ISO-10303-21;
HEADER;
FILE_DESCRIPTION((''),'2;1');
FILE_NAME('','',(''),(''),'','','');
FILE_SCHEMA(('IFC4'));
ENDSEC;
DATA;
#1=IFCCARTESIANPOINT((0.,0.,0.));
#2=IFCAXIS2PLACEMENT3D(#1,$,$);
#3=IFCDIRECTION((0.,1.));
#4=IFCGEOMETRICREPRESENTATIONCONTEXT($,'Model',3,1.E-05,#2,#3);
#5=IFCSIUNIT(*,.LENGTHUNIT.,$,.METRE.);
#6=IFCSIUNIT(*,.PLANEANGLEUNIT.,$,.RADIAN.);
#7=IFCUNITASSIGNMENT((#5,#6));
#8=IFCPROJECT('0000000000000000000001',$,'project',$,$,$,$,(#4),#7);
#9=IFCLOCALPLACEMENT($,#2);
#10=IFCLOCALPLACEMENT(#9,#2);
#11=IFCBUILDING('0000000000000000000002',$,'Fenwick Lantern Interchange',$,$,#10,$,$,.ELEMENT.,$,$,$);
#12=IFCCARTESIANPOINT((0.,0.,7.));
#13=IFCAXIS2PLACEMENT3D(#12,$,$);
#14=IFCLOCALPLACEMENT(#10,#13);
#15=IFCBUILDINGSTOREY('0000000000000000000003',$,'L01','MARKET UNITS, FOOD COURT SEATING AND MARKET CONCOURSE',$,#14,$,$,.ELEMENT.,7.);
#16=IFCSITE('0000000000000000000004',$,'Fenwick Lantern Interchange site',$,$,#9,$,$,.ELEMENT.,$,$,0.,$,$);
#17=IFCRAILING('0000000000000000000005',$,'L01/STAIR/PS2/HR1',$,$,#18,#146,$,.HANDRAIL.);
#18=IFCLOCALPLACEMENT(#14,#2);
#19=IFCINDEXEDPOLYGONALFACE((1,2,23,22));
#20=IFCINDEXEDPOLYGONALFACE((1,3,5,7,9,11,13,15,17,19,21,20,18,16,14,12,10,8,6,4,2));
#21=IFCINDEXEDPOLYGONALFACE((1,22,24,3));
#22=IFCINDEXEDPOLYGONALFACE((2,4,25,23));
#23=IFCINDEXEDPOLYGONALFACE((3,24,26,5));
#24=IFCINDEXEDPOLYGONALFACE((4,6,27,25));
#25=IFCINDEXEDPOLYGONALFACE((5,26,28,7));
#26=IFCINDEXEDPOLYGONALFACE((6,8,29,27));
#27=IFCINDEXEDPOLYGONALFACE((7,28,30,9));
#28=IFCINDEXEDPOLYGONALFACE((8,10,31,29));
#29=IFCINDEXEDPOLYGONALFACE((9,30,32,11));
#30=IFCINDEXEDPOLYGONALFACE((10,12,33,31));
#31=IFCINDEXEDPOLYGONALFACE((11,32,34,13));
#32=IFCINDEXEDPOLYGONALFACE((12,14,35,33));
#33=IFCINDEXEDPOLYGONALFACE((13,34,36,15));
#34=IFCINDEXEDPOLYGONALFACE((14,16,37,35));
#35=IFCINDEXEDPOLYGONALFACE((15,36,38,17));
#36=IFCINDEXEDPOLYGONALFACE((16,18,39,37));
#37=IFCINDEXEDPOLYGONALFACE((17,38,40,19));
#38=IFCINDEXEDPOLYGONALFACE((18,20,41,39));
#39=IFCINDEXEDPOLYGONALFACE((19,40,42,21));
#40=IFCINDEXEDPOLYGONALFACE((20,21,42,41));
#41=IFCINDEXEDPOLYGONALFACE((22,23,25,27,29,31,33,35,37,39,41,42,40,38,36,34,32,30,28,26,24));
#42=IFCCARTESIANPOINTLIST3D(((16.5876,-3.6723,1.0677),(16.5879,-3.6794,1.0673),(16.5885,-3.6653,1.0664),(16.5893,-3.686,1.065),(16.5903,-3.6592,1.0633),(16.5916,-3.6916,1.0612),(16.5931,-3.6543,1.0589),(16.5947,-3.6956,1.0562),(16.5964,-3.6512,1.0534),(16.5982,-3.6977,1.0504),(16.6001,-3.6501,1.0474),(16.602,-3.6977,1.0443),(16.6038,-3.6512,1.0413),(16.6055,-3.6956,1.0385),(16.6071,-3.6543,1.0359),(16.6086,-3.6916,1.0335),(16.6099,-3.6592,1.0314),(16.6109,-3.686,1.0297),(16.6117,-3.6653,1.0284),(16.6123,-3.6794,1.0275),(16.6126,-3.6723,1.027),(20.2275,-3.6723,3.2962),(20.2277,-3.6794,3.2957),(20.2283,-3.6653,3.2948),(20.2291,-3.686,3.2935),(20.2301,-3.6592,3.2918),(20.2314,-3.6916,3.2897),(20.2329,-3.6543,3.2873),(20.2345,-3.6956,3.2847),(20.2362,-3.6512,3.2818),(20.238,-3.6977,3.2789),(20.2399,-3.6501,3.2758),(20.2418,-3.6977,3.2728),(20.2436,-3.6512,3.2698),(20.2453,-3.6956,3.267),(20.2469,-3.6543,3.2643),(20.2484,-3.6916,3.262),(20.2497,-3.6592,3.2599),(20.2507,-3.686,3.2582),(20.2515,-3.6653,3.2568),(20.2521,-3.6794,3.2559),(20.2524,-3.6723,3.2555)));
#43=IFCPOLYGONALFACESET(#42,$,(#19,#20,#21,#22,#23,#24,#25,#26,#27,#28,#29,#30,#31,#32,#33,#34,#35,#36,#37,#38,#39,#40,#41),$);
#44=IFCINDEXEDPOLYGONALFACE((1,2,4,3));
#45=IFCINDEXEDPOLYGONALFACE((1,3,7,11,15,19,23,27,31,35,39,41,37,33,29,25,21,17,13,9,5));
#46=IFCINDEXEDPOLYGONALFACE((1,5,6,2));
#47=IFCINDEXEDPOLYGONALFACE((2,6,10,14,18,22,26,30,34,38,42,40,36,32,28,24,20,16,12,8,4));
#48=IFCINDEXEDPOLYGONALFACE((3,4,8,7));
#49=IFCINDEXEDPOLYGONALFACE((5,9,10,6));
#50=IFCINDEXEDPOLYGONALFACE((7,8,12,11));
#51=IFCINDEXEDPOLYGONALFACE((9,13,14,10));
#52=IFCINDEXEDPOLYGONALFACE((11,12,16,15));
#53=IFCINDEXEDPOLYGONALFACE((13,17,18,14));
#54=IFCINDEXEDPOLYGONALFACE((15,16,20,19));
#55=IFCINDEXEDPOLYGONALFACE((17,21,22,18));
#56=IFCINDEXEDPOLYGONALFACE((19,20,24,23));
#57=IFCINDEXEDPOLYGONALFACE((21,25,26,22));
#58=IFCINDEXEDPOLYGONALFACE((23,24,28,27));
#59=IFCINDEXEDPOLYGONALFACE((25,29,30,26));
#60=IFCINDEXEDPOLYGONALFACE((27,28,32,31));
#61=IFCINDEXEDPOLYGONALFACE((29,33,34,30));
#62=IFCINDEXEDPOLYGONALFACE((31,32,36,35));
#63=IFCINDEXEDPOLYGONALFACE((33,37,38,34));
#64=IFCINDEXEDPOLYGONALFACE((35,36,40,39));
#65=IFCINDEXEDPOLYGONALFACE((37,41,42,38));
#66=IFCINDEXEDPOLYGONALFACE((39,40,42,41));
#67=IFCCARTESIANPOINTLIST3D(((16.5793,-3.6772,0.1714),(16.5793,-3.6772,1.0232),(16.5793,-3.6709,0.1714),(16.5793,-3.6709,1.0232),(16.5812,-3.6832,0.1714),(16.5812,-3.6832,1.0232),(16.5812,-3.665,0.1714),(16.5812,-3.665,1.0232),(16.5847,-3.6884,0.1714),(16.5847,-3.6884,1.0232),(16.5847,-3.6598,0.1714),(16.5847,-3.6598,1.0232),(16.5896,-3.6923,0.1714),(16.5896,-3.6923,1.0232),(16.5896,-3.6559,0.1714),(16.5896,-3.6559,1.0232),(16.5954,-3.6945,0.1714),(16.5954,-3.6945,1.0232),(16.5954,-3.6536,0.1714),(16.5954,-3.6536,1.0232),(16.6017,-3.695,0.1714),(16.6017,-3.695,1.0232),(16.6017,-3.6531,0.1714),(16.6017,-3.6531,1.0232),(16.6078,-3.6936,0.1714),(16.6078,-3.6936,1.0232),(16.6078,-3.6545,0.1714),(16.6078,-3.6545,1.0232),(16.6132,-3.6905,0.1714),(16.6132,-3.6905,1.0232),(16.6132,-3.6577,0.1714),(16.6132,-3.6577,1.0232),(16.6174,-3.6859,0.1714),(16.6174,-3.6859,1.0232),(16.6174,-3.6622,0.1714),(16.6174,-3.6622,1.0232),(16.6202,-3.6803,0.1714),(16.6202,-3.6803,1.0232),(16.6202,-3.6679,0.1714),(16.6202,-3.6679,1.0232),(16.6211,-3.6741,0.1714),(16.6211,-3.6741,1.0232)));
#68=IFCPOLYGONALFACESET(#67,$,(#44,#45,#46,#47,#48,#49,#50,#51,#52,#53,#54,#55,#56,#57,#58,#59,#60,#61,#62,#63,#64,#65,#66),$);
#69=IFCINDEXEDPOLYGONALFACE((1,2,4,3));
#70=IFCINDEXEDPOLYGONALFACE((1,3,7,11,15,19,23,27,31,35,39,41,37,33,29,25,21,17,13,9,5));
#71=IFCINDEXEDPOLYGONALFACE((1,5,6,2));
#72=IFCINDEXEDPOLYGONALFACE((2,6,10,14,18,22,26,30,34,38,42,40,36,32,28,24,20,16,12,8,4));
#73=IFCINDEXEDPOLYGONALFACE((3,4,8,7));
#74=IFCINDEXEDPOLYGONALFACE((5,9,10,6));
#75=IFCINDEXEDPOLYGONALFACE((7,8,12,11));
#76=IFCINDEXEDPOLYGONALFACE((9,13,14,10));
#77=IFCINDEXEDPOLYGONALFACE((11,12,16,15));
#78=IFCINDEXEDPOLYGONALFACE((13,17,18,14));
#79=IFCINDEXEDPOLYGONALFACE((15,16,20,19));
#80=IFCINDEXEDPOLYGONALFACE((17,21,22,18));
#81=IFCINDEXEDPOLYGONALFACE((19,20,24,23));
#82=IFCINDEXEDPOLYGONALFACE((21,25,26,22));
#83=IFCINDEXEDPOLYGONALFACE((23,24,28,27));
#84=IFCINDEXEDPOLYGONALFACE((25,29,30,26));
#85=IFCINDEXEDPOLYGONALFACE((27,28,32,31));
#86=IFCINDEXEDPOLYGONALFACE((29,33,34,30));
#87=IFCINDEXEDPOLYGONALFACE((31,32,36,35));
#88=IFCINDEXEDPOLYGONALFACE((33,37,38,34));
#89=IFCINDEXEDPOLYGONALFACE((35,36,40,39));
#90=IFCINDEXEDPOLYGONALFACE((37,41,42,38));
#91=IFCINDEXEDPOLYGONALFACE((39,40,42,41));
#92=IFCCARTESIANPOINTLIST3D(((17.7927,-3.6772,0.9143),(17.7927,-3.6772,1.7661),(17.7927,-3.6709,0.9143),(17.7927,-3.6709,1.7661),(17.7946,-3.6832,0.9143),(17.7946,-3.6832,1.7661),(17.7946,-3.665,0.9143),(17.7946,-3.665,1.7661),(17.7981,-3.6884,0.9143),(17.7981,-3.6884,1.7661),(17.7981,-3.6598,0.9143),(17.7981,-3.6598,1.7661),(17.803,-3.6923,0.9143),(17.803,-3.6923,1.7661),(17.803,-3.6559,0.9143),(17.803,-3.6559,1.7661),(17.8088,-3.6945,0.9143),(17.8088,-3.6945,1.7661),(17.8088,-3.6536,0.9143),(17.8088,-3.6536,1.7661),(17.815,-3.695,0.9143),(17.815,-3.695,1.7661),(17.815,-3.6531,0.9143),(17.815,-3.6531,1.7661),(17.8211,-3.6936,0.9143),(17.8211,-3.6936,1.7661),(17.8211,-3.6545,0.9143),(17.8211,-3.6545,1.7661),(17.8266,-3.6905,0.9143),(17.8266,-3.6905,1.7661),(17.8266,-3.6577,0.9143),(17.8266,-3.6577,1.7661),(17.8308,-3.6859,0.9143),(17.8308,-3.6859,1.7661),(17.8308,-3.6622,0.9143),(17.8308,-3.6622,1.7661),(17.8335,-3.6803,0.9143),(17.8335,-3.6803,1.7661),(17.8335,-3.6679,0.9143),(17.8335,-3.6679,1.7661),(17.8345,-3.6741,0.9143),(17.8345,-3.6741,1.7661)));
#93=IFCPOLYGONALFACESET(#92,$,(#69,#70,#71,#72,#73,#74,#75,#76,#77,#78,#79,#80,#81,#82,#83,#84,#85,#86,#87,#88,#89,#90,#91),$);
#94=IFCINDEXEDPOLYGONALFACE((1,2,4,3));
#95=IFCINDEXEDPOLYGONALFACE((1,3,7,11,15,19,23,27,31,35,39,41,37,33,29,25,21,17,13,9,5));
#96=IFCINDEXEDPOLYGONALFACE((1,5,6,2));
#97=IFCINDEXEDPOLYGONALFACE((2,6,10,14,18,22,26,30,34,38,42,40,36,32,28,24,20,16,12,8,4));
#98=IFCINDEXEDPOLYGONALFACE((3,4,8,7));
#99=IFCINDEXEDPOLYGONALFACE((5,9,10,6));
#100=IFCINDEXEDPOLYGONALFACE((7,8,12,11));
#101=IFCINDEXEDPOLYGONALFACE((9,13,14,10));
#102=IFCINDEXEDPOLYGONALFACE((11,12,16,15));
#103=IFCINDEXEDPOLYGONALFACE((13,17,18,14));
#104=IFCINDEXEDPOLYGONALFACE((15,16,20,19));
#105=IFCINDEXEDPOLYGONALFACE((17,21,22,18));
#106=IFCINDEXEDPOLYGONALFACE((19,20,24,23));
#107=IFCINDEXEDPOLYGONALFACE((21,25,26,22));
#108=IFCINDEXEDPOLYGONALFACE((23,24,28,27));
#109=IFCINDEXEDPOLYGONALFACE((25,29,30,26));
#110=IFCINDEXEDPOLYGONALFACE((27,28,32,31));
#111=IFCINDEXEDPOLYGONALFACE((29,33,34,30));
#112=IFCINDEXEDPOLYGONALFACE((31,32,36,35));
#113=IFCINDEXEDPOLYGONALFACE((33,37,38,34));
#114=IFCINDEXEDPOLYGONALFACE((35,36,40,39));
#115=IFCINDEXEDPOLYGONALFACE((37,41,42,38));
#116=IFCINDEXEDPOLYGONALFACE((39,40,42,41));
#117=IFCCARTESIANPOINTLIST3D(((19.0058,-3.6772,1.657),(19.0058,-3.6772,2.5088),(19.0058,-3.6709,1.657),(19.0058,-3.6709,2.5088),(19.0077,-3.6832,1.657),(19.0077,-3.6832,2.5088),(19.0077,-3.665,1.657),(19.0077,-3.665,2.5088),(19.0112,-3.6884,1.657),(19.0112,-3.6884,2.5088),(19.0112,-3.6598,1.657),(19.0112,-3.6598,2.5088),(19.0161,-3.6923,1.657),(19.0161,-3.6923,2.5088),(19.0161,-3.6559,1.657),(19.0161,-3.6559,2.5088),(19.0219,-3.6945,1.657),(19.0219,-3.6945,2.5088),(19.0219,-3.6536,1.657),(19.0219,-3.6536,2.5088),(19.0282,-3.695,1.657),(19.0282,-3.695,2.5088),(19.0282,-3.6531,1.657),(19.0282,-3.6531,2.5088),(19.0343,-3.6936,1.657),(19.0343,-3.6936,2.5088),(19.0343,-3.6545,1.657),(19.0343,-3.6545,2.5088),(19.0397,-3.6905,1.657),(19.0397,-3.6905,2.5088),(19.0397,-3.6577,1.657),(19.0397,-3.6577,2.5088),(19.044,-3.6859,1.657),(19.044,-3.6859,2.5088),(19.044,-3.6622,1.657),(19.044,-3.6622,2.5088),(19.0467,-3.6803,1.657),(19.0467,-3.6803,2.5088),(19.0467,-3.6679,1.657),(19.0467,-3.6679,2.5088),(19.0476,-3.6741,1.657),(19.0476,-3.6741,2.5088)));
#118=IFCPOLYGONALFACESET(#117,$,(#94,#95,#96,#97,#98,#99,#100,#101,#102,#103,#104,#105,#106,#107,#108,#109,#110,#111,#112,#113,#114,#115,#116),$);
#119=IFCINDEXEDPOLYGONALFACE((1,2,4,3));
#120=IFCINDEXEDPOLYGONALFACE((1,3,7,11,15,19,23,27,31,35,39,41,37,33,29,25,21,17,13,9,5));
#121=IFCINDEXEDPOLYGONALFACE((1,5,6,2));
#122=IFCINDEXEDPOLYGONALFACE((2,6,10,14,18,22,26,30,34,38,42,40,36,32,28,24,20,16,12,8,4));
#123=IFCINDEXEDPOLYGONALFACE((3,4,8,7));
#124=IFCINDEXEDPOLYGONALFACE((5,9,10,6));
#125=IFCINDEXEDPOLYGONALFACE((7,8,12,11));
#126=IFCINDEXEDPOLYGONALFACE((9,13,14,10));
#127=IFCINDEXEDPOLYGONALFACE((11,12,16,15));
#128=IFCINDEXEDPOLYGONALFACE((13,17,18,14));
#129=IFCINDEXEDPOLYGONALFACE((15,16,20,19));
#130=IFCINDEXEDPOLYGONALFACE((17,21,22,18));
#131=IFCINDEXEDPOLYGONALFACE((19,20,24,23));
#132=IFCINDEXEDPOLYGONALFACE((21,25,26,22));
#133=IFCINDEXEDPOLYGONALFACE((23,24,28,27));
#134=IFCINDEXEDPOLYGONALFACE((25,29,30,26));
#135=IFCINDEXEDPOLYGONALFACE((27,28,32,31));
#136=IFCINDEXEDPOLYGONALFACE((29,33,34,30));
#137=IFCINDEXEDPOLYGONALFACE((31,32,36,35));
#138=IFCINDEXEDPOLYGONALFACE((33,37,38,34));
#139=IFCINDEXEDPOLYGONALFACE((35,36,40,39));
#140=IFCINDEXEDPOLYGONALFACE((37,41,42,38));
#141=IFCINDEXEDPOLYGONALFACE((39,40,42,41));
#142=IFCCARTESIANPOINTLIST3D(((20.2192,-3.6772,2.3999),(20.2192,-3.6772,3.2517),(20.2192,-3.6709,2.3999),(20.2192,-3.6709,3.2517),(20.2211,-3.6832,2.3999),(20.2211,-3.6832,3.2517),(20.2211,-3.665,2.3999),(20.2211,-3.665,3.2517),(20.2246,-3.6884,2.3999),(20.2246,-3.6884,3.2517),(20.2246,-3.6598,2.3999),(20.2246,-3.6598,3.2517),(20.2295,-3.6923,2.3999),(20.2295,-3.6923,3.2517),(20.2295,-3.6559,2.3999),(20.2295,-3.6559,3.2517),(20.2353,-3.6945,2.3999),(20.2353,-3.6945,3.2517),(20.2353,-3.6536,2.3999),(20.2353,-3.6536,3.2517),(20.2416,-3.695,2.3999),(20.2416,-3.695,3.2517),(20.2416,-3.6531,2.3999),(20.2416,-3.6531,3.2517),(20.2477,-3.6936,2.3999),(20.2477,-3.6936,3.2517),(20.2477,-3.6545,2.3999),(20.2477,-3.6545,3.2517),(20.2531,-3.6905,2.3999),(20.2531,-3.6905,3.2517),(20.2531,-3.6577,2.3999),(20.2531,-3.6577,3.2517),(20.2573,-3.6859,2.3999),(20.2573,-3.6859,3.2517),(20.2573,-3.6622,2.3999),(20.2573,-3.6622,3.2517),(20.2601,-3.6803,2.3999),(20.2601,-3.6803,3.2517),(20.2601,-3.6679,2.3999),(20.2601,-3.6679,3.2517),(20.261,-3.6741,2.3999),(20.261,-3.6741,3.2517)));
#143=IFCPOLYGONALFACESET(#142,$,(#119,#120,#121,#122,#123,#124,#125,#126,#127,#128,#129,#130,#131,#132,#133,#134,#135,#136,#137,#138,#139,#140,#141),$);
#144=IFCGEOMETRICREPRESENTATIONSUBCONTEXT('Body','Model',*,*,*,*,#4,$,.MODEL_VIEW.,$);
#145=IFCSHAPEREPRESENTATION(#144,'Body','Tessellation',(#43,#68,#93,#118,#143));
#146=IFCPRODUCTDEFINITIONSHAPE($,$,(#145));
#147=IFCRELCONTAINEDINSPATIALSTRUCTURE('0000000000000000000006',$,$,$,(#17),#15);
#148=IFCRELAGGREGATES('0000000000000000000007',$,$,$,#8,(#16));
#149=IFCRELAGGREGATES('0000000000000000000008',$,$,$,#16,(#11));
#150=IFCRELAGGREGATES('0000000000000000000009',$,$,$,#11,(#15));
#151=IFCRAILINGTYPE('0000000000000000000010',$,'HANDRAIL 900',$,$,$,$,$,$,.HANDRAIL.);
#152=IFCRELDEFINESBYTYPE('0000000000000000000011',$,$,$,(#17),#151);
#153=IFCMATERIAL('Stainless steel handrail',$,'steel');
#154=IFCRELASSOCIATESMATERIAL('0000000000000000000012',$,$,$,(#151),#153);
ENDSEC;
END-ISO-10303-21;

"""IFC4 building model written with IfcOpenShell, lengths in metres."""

from ifc_helpers import new_model, si_unit, direction, frame, origin, origin_2d, place, context, subcontext, project, spatial, circle, extrude, material, type_object, element, save


model = new_model("IFC4")

# Units and contexts
model_context = context("Model", 3, precision=1e-05, world=origin(), true_north=direction((0.0, 1.0)))
body_context = subcontext(model_context, "Body", "Model", "MODEL_VIEW")
ifc_project = project(units=[si_unit("LENGTHUNIT", "METRE"), si_unit("PLANEANGLEUNIT", "RADIAN")], contexts=[model_context])

# Site, building, storey
site_placement = place(None, origin())
site = spatial("IfcSite", under=ifc_project, at=site_placement, Name="Fenwick Lantern Interchange site", CompositionType="ELEMENT", RefElevation=0.0)
building_placement = place(site_placement, origin())
building = spatial("IfcBuilding", under=site, at=building_placement, Name="Fenwick Lantern Interchange", CompositionType="ELEMENT")
storey_placement = place(building_placement, frame((0.0, 0.0, 7.0)))
storey = spatial("IfcBuildingStorey", under=building, at=storey_placement, Name="L01", Description="MARKET UNITS, FOOD COURT SEATING AND MARKET CONCOURSE", CompositionType="ELEMENT", Elevation=7.0)

# Railing
ifc_material_1 = material(Name="Stainless steel handrail", Category="steel")
railing_type = type_object("IfcRailingType", Name="HANDRAIL 900", PredefinedType="HANDRAIL", material=ifc_material_1)
railing_1_placement = place(storey_placement, frame((16.6001, -3.6741, 0.1714)))
element("IfcRailing", 1, at=railing_1_placement, inside=storey, type_object=railing_type, Name="L01/STAIR/PS2/HR1", PredefinedType="HANDRAIL", context=body_context, shape_type="SweptSolid", body=[
    extrude(circle(Radius=0.0239, at=origin_2d()), frame((0.0, 0.0, 0.876), z_axis=(0.85285, 0.0, 0.522156), x_axis=(0.0, 1.0, 0.0)), (0.0, 0.0, 1.0), 4.2678),
    extrude(circle(Radius=0.021, at=origin_2d()), origin(), (0.0, 0.0, 1.0), 0.8518),
    extrude(circle(Radius=0.021, at=origin_2d()), frame((1.2134, 0.0, 0.7429)), (0.0, 0.0, 1.0), 0.8518),
    extrude(circle(Radius=0.021, at=origin_2d()), frame((2.4265, 0.0, 1.4856)), (0.0, 0.0, 1.0), 0.8518),
    extrude(circle(Radius=0.021, at=origin_2d()), frame((3.6399, 0.0, 2.2285)), (0.0, 0.0, 1.0), 0.8518),
])

save(model, "model.ifc")
